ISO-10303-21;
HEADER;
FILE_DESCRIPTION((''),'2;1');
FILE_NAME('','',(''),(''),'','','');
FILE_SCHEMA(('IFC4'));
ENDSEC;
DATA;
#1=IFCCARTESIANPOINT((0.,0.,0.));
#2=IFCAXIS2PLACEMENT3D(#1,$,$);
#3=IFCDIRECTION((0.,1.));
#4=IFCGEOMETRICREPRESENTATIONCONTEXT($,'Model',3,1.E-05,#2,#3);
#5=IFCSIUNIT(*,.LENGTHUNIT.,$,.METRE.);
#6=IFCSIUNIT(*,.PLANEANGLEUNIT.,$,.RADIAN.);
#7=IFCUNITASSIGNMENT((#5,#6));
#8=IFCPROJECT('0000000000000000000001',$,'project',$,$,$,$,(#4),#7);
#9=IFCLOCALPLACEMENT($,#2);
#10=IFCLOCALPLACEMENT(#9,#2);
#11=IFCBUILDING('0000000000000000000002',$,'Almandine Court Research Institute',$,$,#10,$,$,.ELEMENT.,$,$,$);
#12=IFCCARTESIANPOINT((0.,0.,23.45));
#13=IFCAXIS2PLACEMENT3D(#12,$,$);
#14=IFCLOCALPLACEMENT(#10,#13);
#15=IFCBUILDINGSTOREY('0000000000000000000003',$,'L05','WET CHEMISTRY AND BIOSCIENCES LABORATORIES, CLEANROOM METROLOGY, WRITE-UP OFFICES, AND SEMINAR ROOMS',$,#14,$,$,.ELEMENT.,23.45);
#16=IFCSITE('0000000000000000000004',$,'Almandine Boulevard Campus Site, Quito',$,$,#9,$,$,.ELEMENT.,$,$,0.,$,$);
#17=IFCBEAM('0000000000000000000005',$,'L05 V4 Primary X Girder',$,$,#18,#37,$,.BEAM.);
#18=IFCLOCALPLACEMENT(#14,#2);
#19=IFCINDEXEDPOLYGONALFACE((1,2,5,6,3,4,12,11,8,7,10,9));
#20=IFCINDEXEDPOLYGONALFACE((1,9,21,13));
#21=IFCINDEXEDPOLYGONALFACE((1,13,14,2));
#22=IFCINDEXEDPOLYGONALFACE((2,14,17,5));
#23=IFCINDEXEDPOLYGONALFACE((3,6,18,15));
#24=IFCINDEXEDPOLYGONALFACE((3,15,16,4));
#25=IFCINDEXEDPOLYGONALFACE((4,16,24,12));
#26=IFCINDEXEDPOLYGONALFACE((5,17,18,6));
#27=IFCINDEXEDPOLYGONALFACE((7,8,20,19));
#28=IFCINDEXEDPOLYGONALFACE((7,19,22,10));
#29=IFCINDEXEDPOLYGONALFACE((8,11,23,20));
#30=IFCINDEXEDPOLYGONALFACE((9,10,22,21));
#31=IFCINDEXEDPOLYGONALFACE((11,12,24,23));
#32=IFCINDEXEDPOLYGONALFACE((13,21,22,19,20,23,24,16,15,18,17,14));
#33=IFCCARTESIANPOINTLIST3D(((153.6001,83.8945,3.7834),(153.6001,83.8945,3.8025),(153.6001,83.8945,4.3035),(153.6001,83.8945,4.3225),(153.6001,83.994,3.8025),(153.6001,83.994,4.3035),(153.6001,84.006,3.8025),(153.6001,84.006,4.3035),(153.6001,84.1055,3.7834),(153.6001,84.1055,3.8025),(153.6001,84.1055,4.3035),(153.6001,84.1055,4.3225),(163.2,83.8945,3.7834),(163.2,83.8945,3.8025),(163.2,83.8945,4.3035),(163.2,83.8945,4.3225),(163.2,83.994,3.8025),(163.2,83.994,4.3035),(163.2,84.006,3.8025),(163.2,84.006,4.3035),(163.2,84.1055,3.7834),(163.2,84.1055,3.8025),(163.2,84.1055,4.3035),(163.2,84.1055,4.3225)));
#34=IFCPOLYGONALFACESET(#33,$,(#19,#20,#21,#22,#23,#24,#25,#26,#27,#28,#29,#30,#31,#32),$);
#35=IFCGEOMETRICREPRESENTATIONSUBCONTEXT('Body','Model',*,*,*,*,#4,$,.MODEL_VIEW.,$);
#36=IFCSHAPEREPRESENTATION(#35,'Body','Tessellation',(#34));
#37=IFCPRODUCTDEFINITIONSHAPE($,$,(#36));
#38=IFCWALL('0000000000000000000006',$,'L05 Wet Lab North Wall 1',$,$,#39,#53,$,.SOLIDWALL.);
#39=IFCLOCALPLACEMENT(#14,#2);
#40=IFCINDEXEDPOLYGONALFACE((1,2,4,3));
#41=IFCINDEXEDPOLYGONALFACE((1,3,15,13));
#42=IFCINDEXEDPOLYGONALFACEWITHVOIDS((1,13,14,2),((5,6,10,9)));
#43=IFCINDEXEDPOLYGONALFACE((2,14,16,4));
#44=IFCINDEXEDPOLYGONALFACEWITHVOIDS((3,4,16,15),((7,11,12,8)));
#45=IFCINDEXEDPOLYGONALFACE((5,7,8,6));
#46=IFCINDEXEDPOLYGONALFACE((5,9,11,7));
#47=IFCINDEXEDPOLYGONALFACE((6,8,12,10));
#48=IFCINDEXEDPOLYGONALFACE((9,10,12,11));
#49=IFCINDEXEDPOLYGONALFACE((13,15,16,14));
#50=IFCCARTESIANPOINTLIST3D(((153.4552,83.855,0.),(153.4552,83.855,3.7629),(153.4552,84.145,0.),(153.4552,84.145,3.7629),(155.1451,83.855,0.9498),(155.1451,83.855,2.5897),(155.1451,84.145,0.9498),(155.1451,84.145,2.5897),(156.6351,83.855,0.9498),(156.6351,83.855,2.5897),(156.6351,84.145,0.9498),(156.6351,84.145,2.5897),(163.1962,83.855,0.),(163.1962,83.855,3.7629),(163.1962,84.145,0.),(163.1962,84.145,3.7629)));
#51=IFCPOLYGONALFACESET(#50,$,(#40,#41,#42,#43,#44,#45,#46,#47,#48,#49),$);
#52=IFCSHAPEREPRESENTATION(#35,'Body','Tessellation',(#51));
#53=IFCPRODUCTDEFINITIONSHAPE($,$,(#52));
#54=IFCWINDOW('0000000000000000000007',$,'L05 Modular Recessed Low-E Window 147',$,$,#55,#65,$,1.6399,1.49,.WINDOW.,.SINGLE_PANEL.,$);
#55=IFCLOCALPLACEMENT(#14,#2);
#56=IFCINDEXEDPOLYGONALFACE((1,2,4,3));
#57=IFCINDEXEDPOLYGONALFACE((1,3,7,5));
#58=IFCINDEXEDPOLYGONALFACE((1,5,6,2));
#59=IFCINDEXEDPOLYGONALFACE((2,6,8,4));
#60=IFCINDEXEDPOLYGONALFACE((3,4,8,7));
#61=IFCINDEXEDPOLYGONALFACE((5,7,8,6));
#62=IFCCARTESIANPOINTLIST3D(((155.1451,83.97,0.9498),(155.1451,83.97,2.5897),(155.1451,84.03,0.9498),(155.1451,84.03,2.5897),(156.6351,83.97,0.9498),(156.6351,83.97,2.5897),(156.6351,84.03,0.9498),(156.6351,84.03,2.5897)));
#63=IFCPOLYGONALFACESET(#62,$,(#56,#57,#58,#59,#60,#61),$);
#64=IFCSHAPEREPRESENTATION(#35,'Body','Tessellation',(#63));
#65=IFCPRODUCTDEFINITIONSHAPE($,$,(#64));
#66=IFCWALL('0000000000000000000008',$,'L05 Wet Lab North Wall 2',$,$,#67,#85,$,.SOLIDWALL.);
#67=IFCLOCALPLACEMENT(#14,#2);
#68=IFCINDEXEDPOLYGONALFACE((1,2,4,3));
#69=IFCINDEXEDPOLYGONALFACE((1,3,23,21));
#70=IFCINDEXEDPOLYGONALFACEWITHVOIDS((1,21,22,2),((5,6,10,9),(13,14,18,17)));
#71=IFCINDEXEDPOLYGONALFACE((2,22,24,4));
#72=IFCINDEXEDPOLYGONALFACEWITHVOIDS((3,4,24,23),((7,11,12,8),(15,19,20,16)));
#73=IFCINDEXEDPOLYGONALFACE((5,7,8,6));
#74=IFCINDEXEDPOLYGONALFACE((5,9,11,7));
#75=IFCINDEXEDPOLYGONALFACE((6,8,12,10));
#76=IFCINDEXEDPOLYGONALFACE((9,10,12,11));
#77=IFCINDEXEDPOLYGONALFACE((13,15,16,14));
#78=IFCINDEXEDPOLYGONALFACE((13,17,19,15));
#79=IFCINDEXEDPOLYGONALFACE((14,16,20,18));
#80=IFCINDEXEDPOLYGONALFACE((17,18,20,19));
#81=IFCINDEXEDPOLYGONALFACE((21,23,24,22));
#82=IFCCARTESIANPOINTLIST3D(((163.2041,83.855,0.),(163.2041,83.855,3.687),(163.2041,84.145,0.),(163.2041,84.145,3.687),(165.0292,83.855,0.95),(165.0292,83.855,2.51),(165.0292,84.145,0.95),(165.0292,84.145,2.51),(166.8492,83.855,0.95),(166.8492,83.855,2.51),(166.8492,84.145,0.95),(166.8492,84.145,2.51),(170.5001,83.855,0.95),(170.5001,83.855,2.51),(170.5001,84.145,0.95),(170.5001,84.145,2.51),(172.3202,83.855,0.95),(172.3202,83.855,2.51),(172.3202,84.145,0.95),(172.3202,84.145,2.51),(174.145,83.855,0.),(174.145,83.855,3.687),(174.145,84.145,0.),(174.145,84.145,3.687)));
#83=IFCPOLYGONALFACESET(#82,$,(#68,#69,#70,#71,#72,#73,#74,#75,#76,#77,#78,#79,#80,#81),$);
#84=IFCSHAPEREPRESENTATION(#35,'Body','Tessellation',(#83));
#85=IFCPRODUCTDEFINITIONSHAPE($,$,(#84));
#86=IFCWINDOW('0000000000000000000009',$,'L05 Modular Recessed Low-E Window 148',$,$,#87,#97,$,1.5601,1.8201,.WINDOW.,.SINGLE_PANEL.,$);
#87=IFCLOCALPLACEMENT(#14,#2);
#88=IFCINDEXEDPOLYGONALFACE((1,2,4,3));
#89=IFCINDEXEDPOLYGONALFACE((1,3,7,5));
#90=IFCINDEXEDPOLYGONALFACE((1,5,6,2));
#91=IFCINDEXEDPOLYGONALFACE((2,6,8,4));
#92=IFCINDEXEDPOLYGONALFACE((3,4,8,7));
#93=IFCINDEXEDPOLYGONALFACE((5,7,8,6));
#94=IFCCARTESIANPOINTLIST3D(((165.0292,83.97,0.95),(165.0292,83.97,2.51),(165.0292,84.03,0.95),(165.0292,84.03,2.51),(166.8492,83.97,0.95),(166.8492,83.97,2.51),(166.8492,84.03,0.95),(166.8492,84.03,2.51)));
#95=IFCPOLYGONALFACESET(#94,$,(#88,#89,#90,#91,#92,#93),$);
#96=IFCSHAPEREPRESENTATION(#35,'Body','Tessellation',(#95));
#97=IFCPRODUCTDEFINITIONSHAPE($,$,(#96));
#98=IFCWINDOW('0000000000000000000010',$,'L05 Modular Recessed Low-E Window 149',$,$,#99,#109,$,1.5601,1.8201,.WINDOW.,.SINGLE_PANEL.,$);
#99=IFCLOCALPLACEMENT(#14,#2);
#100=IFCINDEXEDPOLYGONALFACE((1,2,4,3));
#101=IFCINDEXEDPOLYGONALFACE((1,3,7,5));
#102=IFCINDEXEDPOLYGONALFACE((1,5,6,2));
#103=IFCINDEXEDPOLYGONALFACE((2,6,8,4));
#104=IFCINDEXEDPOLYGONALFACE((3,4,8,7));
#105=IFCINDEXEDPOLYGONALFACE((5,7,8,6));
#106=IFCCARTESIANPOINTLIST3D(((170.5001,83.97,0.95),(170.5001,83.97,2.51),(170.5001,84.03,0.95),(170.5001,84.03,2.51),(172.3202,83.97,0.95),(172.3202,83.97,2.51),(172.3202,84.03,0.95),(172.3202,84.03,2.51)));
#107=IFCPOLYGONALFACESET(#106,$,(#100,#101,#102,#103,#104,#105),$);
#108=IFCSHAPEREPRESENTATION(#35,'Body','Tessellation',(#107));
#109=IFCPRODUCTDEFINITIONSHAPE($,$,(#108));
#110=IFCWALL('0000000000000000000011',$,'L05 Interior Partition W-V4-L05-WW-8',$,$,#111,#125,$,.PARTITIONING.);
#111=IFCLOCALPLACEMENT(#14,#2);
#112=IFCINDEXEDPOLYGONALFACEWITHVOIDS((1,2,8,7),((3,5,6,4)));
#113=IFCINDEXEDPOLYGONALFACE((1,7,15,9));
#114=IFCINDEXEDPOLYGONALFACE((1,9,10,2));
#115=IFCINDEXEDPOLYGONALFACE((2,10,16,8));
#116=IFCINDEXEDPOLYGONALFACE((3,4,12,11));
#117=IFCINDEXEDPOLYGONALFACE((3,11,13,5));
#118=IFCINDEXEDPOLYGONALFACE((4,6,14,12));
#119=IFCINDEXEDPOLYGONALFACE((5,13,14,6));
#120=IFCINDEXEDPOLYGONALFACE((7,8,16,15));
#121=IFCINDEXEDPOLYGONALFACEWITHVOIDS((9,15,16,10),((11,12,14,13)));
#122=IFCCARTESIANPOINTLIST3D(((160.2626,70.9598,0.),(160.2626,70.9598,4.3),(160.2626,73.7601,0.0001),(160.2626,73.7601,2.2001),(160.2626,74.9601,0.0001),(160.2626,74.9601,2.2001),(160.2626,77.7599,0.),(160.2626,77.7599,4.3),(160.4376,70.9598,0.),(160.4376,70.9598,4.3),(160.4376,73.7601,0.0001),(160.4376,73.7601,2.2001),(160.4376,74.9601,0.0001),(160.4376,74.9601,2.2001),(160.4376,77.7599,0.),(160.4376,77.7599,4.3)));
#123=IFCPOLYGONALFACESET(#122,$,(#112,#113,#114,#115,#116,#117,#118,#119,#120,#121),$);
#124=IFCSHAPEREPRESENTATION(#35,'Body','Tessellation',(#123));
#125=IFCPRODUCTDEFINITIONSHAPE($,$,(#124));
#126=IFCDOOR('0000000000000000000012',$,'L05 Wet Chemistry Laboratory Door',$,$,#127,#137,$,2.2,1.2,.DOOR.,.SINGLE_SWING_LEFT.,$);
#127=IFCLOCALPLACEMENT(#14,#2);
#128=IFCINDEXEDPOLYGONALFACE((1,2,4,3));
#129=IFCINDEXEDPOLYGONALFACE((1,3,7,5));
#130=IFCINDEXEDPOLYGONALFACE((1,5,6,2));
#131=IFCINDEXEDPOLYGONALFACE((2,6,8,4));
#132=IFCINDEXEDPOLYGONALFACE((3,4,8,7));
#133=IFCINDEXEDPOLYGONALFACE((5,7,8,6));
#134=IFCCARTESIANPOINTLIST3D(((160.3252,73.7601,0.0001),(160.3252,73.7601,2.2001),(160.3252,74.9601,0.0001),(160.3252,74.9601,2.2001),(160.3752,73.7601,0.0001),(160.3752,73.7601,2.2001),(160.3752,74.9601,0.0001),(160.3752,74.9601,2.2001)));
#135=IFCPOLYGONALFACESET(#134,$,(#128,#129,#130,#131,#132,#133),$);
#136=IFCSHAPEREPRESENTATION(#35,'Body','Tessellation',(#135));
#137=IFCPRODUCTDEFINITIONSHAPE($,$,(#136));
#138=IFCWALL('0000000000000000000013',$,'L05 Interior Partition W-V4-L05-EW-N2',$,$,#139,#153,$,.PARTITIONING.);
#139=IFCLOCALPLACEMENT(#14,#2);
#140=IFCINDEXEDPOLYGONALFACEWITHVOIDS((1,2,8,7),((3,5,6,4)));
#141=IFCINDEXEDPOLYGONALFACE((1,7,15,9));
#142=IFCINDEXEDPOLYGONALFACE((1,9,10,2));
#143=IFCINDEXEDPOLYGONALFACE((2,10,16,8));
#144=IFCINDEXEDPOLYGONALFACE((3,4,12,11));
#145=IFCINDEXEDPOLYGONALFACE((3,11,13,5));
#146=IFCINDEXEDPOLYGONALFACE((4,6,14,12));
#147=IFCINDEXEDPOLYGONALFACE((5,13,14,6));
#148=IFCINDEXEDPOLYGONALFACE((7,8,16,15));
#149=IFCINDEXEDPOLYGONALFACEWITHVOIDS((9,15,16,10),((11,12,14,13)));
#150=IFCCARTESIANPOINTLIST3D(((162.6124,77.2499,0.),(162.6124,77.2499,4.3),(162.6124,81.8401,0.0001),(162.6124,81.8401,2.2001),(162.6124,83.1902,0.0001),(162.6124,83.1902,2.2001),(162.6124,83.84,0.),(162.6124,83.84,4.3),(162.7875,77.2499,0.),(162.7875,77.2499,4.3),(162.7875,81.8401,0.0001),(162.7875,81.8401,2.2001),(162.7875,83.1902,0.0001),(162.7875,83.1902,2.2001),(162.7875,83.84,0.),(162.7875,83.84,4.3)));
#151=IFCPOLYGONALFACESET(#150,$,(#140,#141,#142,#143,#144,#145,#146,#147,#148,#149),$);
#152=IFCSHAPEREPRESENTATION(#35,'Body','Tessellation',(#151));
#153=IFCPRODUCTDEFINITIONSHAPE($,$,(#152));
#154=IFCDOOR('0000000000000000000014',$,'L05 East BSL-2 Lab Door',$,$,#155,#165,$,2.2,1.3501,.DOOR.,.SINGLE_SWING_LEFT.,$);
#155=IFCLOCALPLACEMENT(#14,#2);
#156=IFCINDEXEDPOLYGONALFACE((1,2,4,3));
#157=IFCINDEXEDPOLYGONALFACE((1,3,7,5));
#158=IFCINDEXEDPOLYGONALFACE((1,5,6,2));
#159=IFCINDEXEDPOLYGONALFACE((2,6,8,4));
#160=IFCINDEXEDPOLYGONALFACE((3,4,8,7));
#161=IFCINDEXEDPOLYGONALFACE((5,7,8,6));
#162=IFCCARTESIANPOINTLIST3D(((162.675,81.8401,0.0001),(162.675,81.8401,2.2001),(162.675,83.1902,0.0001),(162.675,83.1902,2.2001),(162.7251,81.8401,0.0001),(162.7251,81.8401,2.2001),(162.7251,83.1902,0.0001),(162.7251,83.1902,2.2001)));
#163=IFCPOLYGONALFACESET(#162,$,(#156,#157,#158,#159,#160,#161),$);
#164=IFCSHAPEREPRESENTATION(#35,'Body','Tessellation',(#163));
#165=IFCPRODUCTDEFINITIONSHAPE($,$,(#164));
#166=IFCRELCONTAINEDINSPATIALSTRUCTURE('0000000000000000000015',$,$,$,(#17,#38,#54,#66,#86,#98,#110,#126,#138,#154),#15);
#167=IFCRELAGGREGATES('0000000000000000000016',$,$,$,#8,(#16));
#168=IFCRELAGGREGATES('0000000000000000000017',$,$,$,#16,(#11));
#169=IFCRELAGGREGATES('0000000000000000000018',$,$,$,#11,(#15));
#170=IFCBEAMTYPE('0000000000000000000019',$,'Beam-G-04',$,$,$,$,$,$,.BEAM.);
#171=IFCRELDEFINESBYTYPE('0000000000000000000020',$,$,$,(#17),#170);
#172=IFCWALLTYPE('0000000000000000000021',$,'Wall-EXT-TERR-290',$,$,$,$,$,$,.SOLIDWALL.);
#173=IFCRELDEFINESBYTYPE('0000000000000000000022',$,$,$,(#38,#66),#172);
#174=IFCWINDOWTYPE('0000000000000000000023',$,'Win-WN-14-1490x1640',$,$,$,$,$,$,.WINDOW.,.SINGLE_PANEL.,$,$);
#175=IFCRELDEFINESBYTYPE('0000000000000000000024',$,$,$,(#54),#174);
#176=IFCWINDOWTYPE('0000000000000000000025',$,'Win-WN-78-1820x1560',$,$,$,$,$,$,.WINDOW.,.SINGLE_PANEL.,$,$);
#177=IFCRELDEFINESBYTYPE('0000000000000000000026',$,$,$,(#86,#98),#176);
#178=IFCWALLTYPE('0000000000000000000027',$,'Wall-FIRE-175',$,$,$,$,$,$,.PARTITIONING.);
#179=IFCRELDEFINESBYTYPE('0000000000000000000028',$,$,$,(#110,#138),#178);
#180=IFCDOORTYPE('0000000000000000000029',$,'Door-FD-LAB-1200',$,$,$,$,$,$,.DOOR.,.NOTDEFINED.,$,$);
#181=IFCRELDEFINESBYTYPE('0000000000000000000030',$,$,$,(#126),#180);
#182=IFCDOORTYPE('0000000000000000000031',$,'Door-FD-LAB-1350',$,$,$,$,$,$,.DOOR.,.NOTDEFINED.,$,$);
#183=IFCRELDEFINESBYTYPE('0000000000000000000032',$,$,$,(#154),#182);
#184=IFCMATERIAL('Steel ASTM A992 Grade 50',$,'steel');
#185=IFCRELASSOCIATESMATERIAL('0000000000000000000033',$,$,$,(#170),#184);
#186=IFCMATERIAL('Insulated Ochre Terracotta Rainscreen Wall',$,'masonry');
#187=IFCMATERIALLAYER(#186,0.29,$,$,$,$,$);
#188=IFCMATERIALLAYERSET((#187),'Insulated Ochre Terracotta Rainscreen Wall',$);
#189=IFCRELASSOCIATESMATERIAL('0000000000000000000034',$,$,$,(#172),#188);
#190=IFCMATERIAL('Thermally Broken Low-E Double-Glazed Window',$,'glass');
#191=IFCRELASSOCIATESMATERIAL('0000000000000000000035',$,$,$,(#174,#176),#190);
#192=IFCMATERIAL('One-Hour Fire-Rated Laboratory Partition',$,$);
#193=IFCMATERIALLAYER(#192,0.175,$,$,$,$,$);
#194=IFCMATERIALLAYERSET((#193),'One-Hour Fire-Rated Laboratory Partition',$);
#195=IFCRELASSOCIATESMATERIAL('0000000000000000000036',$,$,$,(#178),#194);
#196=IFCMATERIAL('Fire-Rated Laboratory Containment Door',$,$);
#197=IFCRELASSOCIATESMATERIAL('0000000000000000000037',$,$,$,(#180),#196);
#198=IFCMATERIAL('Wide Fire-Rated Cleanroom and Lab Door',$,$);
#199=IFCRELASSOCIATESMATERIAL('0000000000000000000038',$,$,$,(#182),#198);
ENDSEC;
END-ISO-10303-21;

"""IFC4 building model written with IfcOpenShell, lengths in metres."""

from ifc_helpers import new_model, si_unit, direction, frame, frame_2d, origin, origin_2d, place, context, subcontext, project, spatial, rectangle, i_section, extrude, material, layer, layer_set, material_profile, profile_set, type_object, element, fill, save


model = new_model("IFC4")

# Units and contexts
model_context = context("Model", 3, precision=1e-05, world=origin(), true_north=direction((0.0, 1.0)))
body_context = subcontext(model_context, "Body", "Model", "MODEL_VIEW")
ifc_project = project(units=[si_unit("LENGTHUNIT", "METRE"), si_unit("PLANEANGLEUNIT", "RADIAN")], contexts=[model_context])

# Site, building, storey
site_placement = place(None, origin())
site = spatial("IfcSite", under=ifc_project, at=site_placement, Name="Almandine Boulevard Campus Site, Quito", CompositionType="ELEMENT", RefElevation=0.0)
building_placement = place(site_placement, origin())
building = spatial("IfcBuilding", under=site, at=building_placement, Name="Almandine Court Research Institute", CompositionType="ELEMENT")
storey_placement = place(building_placement, frame((0.0, 0.0, 23.45)))
storey = spatial("IfcBuildingStorey", under=building, at=storey_placement, Name="L05", Description="WET CHEMISTRY AND BIOSCIENCES LABORATORIES, CLEANROOM METROLOGY, WRITE-UP OFFICES, AND SEMINAR ROOMS", CompositionType="ELEMENT", Elevation=23.45)

# Shared definitions
ifc_material_1 = material(Name="Steel ASTM A992 Grade 50", Category="steel")

# Beam
ifc_material_profile_1 = material_profile(ifc_material_1, i_section(OverallWidth=0.2109, OverallDepth=0.5391, WebThickness=0.012, FlangeThickness=0.019, at=origin_2d()), Name="W530x109")
ifc_profile_set_1 = profile_set([ifc_material_profile_1], Name="Steel ASTM A992 Grade 50")
beam_type_1 = type_object("IfcBeamType", Name="Beam-G-04", PredefinedType="BEAM", material=ifc_profile_set_1)
beam_1_placement = place(storey_placement, frame((153.6001, 84.0, 4.053), z_axis=(1.0, 0.0, 0.0), x_axis=(0.0, 1.0, 0.0)))
element("IfcBeam", 1, at=beam_1_placement, inside=storey, type_object=beam_type_1, Name="L05 V4 Primary X Girder", PredefinedType="BEAM", context=body_context, shape_type="SweptSolid", body=[
    extrude(i_section(OverallWidth=0.2109, OverallDepth=0.5391, WebThickness=0.012, FlangeThickness=0.019, at=origin_2d()), origin(), (0.0, 0.0, 1.0), 9.5999),
])

# Shared definitions
ifc_material_2 = material(Name="Insulated Ochre Terracotta Rainscreen Wall", Category="masonry")
ifc_layer_1 = layer(ifc_material_2, 0.29)
ifc_layer_set_1 = layer_set([ifc_layer_1], Name="Insulated Ochre Terracotta Rainscreen Wall")
wall_type_1 = type_object("IfcWallType", Name="Wall-EXT-TERR-290", PredefinedType="SOLIDWALL", material=ifc_layer_set_1)

# Wall, opening, window
wall_1_placement = place(storey_placement, frame((153.4551, 84.0, 0.0), z_axis=(0.0, 0.0, 1.0), x_axis=(1.0, 0.0, 0.0)))
wall_1 = element("IfcWall", 2, at=wall_1_placement, inside=storey, type_object=wall_type_1, Name="L05 Wet Lab North Wall 1", PredefinedType="SOLIDWALL", context=body_context, shape_type="SweptSolid", body=[
    extrude(rectangle(XDim=9.741, YDim=0.29, at=frame_2d((4.8706, 0.0))), origin(), (0.0, 0.0, 1.0), 3.7629),
])
opening_1_placement = place(wall_1_placement, frame((1.6899, 0.0, 0.95)))
opening_1 = element("IfcOpeningElement", 3, at=opening_1_placement, cuts=wall_1, PredefinedType="OPENING", context=body_context, shape_type="SweptSolid", body=[
    extrude(rectangle(XDim=1.49, YDim=1.6399, at=frame_2d((0.7451, 0.8198))), frame((0.0, 0.155, 0.0), z_axis=(0.0, -1.0, 0.0), x_axis=(1.0, 0.0, 0.0)), (0.0, 0.0, 1.0), 0.3101),
])
ifc_material_3 = material(Name="Thermally Broken Low-E Double-Glazed Window", Category="glass")
window_type_1 = type_object("IfcWindowType", Name="Win-WN-14-1490x1640", PartitioningType="SINGLE_PANEL", PredefinedType="WINDOW", material=ifc_material_3)
window_1_placement = place(opening_1_placement, origin())
window_1 = element("IfcWindow", 4, at=window_1_placement, inside=storey, type_object=window_type_1, Name="L05 Modular Recessed Low-E Window 147", OverallHeight=1.6399, OverallWidth=1.49, PartitioningType="SINGLE_PANEL", PredefinedType="WINDOW", context=body_context, shape_type="SweptSolid", body=[
    extrude(rectangle(XDim=1.49, YDim=1.6399, at=frame_2d((0.7451, 0.8198))), frame((0.0, 0.03, 0.0), z_axis=(0.0, -1.0, 0.0), x_axis=(1.0, 0.0, 0.0)), (0.0, 0.0, 1.0), 0.0601),
])
fill(opening_1, window_1)

# Wall, openings, windows
wall_2_placement = place(storey_placement, frame((163.2041, 84.0, 0.0), z_axis=(0.0, 0.0, 1.0), x_axis=(1.0, 0.0, 0.0)))
wall_2 = element("IfcWall", 5, at=wall_2_placement, inside=storey, type_object=wall_type_1, Name="L05 Wet Lab North Wall 2", PredefinedType="SOLIDWALL", context=body_context, shape_type="SweptSolid", body=[
    extrude(rectangle(XDim=10.9409, YDim=0.29, at=frame_2d((5.4705, 0.0))), origin(), (0.0, 0.0, 1.0), 3.687),
])
opening_2_placement = place(wall_2_placement, frame((1.825, 0.0, 0.95)))
opening_2 = element("IfcOpeningElement", 6, at=opening_2_placement, cuts=wall_2, PredefinedType="OPENING", context=body_context, shape_type="SweptSolid", body=[
    extrude(rectangle(XDim=1.8201, YDim=1.5601, at=frame_2d((0.9102, 0.78))), frame((0.0, 0.155, 0.0), z_axis=(0.0, -1.0, 0.0), x_axis=(1.0, 0.0, 0.0)), (0.0, 0.0, 1.0), 0.3101),
])
opening_3_placement = place(wall_2_placement, frame((7.2959, 0.0, 0.95)))
opening_3 = element("IfcOpeningElement", 7, at=opening_3_placement, cuts=wall_2, PredefinedType="OPENING", context=body_context, shape_type="SweptSolid", body=[
    extrude(rectangle(XDim=1.8201, YDim=1.5601, at=frame_2d((0.9102, 0.78))), frame((0.0, 0.155, 0.0), z_axis=(0.0, -1.0, 0.0), x_axis=(1.0, 0.0, 0.0)), (0.0, 0.0, 1.0), 0.3101),
])
window_type_2 = type_object("IfcWindowType", Name="Win-WN-78-1820x1560", PartitioningType="SINGLE_PANEL", PredefinedType="WINDOW", material=ifc_material_3)
window_2_placement = place(opening_2_placement, origin())
window_2 = element("IfcWindow", 8, at=window_2_placement, inside=storey, type_object=window_type_2, Name="L05 Modular Recessed Low-E Window 148", OverallHeight=1.5601, OverallWidth=1.8201, PartitioningType="SINGLE_PANEL", PredefinedType="WINDOW", context=body_context, shape_type="SweptSolid", body=[
    extrude(rectangle(XDim=1.8201, YDim=1.5601, at=frame_2d((0.9102, 0.78))), frame((0.0, 0.03, 0.0), z_axis=(0.0, -1.0, 0.0), x_axis=(1.0, 0.0, 0.0)), (0.0, 0.0, 1.0), 0.0601),
])
fill(opening_2, window_2)
window_3_placement = place(opening_3_placement, origin())
window_3 = element("IfcWindow", 9, at=window_3_placement, inside=storey, type_object=window_type_2, Name="L05 Modular Recessed Low-E Window 149", OverallHeight=1.5601, OverallWidth=1.8201, PartitioningType="SINGLE_PANEL", PredefinedType="WINDOW", context=body_context, shape_type="SweptSolid", body=[
    extrude(rectangle(XDim=1.8201, YDim=1.5601, at=frame_2d((0.9102, 0.78))), frame((0.0, 0.03, 0.0), z_axis=(0.0, -1.0, 0.0), x_axis=(1.0, 0.0, 0.0)), (0.0, 0.0, 1.0), 0.0601),
])
fill(opening_3, window_3)

# Walls, openings, doors
ifc_material_4 = material(Name="One-Hour Fire-Rated Laboratory Partition")
ifc_layer_2 = layer(ifc_material_4, 0.175)
ifc_layer_set_2 = layer_set([ifc_layer_2], Name="One-Hour Fire-Rated Laboratory Partition")
wall_type_2 = type_object("IfcWallType", Name="Wall-FIRE-175", PredefinedType="PARTITIONING", material=ifc_layer_set_2)
wall_3_placement = place(storey_placement, frame((160.3501, 70.96, 0.0), z_axis=(0.0, 0.0, 1.0), x_axis=(0.0, 1.0, 0.0)))
wall_3 = element("IfcWall", 10, at=wall_3_placement, inside=storey, type_object=wall_type_2, Name="L05 Interior Partition W-V4-L05-WW-8", PredefinedType="PARTITIONING", context=body_context, shape_type="SweptSolid", body=[
    extrude(rectangle(XDim=6.8, YDim=0.175, at=frame_2d((3.3999, 0.0))), origin(), (0.0, 0.0, 1.0), 4.3),
])
opening_4_placement = place(wall_3_placement, frame((2.8, 0.0, 0.0)))
opening_4 = element("IfcOpeningElement", 11, at=opening_4_placement, cuts=wall_3, PredefinedType="OPENING", context=body_context, shape_type="SweptSolid", body=[
    extrude(rectangle(XDim=1.2, YDim=2.2, at=frame_2d((0.6001, 1.1001))), frame((0.0, 0.0974, 0.0), z_axis=(0.0, -1.0, 0.0), x_axis=(1.0, 0.0, 0.0)), (0.0, 0.0, 1.0), 0.1951),
])
ifc_material_5 = material(Name="Fire-Rated Laboratory Containment Door")
door_type_1 = type_object("IfcDoorType", Name="Door-FD-LAB-1200", OperationType="NOTDEFINED", PredefinedType="DOOR", material=ifc_material_5)
door_1_placement = place(opening_4_placement, origin())
door_1 = element("IfcDoor", 12, at=door_1_placement, inside=storey, type_object=door_type_1, Name="L05 Wet Chemistry Laboratory Door", OperationType="SINGLE_SWING_LEFT", OverallHeight=2.2, OverallWidth=1.2, PredefinedType="DOOR", context=body_context, shape_type="SweptSolid", body=[
    extrude(rectangle(XDim=1.2, YDim=2.2, at=frame_2d((0.6001, 1.1001))), frame((0.0, 0.0249, 0.0), z_axis=(0.0, -1.0, 0.0), x_axis=(1.0, 0.0, 0.0)), (0.0, 0.0, 1.0), 0.05),
])
fill(opening_4, door_1)
wall_4_placement = place(storey_placement, frame((162.7, 77.25, 0.0), z_axis=(0.0, 0.0, 1.0), x_axis=(0.0, 1.0, 0.0)))
wall_4 = element("IfcWall", 13, at=wall_4_placement, inside=storey, type_object=wall_type_2, Name="L05 Interior Partition W-V4-L05-EW-N2", PredefinedType="PARTITIONING", context=body_context, shape_type="SweptSolid", body=[
    extrude(rectangle(XDim=6.5901, YDim=0.175, at=frame_2d((3.2949, 0.0))), origin(), (0.0, 0.0, 1.0), 4.3),
])
opening_5_placement = place(wall_4_placement, frame((4.5901, 0.0, 0.0)))
opening_5 = element("IfcOpeningElement", 14, at=opening_5_placement, cuts=wall_4, PredefinedType="OPENING", context=body_context, shape_type="SweptSolid", body=[
    extrude(rectangle(XDim=1.3501, YDim=2.2, at=frame_2d((0.675, 1.1001))), frame((0.0, 0.0974, 0.0), z_axis=(0.0, -1.0, 0.0), x_axis=(1.0, 0.0, 0.0)), (0.0, 0.0, 1.0), 0.1951),
])
ifc_material_6 = material(Name="Wide Fire-Rated Cleanroom and Lab Door")
door_type_2 = type_object("IfcDoorType", Name="Door-FD-LAB-1350", OperationType="NOTDEFINED", PredefinedType="DOOR", material=ifc_material_6)
door_2_placement = place(opening_5_placement, origin())
door_2 = element("IfcDoor", 15, at=door_2_placement, inside=storey, type_object=door_type_2, Name="L05 East BSL-2 Lab Door", OperationType="SINGLE_SWING_LEFT", OverallHeight=2.2, OverallWidth=1.3501, PredefinedType="DOOR", context=body_context, shape_type="SweptSolid", body=[
    extrude(rectangle(XDim=1.3501, YDim=2.2, at=frame_2d((0.675, 1.1001))), frame((0.0, 0.0249, 0.0), z_axis=(0.0, -1.0, 0.0), x_axis=(1.0, 0.0, 0.0)), (0.0, 0.0, 1.0), 0.05),
])
fill(opening_5, door_2)

save(model, "model.ifc")
